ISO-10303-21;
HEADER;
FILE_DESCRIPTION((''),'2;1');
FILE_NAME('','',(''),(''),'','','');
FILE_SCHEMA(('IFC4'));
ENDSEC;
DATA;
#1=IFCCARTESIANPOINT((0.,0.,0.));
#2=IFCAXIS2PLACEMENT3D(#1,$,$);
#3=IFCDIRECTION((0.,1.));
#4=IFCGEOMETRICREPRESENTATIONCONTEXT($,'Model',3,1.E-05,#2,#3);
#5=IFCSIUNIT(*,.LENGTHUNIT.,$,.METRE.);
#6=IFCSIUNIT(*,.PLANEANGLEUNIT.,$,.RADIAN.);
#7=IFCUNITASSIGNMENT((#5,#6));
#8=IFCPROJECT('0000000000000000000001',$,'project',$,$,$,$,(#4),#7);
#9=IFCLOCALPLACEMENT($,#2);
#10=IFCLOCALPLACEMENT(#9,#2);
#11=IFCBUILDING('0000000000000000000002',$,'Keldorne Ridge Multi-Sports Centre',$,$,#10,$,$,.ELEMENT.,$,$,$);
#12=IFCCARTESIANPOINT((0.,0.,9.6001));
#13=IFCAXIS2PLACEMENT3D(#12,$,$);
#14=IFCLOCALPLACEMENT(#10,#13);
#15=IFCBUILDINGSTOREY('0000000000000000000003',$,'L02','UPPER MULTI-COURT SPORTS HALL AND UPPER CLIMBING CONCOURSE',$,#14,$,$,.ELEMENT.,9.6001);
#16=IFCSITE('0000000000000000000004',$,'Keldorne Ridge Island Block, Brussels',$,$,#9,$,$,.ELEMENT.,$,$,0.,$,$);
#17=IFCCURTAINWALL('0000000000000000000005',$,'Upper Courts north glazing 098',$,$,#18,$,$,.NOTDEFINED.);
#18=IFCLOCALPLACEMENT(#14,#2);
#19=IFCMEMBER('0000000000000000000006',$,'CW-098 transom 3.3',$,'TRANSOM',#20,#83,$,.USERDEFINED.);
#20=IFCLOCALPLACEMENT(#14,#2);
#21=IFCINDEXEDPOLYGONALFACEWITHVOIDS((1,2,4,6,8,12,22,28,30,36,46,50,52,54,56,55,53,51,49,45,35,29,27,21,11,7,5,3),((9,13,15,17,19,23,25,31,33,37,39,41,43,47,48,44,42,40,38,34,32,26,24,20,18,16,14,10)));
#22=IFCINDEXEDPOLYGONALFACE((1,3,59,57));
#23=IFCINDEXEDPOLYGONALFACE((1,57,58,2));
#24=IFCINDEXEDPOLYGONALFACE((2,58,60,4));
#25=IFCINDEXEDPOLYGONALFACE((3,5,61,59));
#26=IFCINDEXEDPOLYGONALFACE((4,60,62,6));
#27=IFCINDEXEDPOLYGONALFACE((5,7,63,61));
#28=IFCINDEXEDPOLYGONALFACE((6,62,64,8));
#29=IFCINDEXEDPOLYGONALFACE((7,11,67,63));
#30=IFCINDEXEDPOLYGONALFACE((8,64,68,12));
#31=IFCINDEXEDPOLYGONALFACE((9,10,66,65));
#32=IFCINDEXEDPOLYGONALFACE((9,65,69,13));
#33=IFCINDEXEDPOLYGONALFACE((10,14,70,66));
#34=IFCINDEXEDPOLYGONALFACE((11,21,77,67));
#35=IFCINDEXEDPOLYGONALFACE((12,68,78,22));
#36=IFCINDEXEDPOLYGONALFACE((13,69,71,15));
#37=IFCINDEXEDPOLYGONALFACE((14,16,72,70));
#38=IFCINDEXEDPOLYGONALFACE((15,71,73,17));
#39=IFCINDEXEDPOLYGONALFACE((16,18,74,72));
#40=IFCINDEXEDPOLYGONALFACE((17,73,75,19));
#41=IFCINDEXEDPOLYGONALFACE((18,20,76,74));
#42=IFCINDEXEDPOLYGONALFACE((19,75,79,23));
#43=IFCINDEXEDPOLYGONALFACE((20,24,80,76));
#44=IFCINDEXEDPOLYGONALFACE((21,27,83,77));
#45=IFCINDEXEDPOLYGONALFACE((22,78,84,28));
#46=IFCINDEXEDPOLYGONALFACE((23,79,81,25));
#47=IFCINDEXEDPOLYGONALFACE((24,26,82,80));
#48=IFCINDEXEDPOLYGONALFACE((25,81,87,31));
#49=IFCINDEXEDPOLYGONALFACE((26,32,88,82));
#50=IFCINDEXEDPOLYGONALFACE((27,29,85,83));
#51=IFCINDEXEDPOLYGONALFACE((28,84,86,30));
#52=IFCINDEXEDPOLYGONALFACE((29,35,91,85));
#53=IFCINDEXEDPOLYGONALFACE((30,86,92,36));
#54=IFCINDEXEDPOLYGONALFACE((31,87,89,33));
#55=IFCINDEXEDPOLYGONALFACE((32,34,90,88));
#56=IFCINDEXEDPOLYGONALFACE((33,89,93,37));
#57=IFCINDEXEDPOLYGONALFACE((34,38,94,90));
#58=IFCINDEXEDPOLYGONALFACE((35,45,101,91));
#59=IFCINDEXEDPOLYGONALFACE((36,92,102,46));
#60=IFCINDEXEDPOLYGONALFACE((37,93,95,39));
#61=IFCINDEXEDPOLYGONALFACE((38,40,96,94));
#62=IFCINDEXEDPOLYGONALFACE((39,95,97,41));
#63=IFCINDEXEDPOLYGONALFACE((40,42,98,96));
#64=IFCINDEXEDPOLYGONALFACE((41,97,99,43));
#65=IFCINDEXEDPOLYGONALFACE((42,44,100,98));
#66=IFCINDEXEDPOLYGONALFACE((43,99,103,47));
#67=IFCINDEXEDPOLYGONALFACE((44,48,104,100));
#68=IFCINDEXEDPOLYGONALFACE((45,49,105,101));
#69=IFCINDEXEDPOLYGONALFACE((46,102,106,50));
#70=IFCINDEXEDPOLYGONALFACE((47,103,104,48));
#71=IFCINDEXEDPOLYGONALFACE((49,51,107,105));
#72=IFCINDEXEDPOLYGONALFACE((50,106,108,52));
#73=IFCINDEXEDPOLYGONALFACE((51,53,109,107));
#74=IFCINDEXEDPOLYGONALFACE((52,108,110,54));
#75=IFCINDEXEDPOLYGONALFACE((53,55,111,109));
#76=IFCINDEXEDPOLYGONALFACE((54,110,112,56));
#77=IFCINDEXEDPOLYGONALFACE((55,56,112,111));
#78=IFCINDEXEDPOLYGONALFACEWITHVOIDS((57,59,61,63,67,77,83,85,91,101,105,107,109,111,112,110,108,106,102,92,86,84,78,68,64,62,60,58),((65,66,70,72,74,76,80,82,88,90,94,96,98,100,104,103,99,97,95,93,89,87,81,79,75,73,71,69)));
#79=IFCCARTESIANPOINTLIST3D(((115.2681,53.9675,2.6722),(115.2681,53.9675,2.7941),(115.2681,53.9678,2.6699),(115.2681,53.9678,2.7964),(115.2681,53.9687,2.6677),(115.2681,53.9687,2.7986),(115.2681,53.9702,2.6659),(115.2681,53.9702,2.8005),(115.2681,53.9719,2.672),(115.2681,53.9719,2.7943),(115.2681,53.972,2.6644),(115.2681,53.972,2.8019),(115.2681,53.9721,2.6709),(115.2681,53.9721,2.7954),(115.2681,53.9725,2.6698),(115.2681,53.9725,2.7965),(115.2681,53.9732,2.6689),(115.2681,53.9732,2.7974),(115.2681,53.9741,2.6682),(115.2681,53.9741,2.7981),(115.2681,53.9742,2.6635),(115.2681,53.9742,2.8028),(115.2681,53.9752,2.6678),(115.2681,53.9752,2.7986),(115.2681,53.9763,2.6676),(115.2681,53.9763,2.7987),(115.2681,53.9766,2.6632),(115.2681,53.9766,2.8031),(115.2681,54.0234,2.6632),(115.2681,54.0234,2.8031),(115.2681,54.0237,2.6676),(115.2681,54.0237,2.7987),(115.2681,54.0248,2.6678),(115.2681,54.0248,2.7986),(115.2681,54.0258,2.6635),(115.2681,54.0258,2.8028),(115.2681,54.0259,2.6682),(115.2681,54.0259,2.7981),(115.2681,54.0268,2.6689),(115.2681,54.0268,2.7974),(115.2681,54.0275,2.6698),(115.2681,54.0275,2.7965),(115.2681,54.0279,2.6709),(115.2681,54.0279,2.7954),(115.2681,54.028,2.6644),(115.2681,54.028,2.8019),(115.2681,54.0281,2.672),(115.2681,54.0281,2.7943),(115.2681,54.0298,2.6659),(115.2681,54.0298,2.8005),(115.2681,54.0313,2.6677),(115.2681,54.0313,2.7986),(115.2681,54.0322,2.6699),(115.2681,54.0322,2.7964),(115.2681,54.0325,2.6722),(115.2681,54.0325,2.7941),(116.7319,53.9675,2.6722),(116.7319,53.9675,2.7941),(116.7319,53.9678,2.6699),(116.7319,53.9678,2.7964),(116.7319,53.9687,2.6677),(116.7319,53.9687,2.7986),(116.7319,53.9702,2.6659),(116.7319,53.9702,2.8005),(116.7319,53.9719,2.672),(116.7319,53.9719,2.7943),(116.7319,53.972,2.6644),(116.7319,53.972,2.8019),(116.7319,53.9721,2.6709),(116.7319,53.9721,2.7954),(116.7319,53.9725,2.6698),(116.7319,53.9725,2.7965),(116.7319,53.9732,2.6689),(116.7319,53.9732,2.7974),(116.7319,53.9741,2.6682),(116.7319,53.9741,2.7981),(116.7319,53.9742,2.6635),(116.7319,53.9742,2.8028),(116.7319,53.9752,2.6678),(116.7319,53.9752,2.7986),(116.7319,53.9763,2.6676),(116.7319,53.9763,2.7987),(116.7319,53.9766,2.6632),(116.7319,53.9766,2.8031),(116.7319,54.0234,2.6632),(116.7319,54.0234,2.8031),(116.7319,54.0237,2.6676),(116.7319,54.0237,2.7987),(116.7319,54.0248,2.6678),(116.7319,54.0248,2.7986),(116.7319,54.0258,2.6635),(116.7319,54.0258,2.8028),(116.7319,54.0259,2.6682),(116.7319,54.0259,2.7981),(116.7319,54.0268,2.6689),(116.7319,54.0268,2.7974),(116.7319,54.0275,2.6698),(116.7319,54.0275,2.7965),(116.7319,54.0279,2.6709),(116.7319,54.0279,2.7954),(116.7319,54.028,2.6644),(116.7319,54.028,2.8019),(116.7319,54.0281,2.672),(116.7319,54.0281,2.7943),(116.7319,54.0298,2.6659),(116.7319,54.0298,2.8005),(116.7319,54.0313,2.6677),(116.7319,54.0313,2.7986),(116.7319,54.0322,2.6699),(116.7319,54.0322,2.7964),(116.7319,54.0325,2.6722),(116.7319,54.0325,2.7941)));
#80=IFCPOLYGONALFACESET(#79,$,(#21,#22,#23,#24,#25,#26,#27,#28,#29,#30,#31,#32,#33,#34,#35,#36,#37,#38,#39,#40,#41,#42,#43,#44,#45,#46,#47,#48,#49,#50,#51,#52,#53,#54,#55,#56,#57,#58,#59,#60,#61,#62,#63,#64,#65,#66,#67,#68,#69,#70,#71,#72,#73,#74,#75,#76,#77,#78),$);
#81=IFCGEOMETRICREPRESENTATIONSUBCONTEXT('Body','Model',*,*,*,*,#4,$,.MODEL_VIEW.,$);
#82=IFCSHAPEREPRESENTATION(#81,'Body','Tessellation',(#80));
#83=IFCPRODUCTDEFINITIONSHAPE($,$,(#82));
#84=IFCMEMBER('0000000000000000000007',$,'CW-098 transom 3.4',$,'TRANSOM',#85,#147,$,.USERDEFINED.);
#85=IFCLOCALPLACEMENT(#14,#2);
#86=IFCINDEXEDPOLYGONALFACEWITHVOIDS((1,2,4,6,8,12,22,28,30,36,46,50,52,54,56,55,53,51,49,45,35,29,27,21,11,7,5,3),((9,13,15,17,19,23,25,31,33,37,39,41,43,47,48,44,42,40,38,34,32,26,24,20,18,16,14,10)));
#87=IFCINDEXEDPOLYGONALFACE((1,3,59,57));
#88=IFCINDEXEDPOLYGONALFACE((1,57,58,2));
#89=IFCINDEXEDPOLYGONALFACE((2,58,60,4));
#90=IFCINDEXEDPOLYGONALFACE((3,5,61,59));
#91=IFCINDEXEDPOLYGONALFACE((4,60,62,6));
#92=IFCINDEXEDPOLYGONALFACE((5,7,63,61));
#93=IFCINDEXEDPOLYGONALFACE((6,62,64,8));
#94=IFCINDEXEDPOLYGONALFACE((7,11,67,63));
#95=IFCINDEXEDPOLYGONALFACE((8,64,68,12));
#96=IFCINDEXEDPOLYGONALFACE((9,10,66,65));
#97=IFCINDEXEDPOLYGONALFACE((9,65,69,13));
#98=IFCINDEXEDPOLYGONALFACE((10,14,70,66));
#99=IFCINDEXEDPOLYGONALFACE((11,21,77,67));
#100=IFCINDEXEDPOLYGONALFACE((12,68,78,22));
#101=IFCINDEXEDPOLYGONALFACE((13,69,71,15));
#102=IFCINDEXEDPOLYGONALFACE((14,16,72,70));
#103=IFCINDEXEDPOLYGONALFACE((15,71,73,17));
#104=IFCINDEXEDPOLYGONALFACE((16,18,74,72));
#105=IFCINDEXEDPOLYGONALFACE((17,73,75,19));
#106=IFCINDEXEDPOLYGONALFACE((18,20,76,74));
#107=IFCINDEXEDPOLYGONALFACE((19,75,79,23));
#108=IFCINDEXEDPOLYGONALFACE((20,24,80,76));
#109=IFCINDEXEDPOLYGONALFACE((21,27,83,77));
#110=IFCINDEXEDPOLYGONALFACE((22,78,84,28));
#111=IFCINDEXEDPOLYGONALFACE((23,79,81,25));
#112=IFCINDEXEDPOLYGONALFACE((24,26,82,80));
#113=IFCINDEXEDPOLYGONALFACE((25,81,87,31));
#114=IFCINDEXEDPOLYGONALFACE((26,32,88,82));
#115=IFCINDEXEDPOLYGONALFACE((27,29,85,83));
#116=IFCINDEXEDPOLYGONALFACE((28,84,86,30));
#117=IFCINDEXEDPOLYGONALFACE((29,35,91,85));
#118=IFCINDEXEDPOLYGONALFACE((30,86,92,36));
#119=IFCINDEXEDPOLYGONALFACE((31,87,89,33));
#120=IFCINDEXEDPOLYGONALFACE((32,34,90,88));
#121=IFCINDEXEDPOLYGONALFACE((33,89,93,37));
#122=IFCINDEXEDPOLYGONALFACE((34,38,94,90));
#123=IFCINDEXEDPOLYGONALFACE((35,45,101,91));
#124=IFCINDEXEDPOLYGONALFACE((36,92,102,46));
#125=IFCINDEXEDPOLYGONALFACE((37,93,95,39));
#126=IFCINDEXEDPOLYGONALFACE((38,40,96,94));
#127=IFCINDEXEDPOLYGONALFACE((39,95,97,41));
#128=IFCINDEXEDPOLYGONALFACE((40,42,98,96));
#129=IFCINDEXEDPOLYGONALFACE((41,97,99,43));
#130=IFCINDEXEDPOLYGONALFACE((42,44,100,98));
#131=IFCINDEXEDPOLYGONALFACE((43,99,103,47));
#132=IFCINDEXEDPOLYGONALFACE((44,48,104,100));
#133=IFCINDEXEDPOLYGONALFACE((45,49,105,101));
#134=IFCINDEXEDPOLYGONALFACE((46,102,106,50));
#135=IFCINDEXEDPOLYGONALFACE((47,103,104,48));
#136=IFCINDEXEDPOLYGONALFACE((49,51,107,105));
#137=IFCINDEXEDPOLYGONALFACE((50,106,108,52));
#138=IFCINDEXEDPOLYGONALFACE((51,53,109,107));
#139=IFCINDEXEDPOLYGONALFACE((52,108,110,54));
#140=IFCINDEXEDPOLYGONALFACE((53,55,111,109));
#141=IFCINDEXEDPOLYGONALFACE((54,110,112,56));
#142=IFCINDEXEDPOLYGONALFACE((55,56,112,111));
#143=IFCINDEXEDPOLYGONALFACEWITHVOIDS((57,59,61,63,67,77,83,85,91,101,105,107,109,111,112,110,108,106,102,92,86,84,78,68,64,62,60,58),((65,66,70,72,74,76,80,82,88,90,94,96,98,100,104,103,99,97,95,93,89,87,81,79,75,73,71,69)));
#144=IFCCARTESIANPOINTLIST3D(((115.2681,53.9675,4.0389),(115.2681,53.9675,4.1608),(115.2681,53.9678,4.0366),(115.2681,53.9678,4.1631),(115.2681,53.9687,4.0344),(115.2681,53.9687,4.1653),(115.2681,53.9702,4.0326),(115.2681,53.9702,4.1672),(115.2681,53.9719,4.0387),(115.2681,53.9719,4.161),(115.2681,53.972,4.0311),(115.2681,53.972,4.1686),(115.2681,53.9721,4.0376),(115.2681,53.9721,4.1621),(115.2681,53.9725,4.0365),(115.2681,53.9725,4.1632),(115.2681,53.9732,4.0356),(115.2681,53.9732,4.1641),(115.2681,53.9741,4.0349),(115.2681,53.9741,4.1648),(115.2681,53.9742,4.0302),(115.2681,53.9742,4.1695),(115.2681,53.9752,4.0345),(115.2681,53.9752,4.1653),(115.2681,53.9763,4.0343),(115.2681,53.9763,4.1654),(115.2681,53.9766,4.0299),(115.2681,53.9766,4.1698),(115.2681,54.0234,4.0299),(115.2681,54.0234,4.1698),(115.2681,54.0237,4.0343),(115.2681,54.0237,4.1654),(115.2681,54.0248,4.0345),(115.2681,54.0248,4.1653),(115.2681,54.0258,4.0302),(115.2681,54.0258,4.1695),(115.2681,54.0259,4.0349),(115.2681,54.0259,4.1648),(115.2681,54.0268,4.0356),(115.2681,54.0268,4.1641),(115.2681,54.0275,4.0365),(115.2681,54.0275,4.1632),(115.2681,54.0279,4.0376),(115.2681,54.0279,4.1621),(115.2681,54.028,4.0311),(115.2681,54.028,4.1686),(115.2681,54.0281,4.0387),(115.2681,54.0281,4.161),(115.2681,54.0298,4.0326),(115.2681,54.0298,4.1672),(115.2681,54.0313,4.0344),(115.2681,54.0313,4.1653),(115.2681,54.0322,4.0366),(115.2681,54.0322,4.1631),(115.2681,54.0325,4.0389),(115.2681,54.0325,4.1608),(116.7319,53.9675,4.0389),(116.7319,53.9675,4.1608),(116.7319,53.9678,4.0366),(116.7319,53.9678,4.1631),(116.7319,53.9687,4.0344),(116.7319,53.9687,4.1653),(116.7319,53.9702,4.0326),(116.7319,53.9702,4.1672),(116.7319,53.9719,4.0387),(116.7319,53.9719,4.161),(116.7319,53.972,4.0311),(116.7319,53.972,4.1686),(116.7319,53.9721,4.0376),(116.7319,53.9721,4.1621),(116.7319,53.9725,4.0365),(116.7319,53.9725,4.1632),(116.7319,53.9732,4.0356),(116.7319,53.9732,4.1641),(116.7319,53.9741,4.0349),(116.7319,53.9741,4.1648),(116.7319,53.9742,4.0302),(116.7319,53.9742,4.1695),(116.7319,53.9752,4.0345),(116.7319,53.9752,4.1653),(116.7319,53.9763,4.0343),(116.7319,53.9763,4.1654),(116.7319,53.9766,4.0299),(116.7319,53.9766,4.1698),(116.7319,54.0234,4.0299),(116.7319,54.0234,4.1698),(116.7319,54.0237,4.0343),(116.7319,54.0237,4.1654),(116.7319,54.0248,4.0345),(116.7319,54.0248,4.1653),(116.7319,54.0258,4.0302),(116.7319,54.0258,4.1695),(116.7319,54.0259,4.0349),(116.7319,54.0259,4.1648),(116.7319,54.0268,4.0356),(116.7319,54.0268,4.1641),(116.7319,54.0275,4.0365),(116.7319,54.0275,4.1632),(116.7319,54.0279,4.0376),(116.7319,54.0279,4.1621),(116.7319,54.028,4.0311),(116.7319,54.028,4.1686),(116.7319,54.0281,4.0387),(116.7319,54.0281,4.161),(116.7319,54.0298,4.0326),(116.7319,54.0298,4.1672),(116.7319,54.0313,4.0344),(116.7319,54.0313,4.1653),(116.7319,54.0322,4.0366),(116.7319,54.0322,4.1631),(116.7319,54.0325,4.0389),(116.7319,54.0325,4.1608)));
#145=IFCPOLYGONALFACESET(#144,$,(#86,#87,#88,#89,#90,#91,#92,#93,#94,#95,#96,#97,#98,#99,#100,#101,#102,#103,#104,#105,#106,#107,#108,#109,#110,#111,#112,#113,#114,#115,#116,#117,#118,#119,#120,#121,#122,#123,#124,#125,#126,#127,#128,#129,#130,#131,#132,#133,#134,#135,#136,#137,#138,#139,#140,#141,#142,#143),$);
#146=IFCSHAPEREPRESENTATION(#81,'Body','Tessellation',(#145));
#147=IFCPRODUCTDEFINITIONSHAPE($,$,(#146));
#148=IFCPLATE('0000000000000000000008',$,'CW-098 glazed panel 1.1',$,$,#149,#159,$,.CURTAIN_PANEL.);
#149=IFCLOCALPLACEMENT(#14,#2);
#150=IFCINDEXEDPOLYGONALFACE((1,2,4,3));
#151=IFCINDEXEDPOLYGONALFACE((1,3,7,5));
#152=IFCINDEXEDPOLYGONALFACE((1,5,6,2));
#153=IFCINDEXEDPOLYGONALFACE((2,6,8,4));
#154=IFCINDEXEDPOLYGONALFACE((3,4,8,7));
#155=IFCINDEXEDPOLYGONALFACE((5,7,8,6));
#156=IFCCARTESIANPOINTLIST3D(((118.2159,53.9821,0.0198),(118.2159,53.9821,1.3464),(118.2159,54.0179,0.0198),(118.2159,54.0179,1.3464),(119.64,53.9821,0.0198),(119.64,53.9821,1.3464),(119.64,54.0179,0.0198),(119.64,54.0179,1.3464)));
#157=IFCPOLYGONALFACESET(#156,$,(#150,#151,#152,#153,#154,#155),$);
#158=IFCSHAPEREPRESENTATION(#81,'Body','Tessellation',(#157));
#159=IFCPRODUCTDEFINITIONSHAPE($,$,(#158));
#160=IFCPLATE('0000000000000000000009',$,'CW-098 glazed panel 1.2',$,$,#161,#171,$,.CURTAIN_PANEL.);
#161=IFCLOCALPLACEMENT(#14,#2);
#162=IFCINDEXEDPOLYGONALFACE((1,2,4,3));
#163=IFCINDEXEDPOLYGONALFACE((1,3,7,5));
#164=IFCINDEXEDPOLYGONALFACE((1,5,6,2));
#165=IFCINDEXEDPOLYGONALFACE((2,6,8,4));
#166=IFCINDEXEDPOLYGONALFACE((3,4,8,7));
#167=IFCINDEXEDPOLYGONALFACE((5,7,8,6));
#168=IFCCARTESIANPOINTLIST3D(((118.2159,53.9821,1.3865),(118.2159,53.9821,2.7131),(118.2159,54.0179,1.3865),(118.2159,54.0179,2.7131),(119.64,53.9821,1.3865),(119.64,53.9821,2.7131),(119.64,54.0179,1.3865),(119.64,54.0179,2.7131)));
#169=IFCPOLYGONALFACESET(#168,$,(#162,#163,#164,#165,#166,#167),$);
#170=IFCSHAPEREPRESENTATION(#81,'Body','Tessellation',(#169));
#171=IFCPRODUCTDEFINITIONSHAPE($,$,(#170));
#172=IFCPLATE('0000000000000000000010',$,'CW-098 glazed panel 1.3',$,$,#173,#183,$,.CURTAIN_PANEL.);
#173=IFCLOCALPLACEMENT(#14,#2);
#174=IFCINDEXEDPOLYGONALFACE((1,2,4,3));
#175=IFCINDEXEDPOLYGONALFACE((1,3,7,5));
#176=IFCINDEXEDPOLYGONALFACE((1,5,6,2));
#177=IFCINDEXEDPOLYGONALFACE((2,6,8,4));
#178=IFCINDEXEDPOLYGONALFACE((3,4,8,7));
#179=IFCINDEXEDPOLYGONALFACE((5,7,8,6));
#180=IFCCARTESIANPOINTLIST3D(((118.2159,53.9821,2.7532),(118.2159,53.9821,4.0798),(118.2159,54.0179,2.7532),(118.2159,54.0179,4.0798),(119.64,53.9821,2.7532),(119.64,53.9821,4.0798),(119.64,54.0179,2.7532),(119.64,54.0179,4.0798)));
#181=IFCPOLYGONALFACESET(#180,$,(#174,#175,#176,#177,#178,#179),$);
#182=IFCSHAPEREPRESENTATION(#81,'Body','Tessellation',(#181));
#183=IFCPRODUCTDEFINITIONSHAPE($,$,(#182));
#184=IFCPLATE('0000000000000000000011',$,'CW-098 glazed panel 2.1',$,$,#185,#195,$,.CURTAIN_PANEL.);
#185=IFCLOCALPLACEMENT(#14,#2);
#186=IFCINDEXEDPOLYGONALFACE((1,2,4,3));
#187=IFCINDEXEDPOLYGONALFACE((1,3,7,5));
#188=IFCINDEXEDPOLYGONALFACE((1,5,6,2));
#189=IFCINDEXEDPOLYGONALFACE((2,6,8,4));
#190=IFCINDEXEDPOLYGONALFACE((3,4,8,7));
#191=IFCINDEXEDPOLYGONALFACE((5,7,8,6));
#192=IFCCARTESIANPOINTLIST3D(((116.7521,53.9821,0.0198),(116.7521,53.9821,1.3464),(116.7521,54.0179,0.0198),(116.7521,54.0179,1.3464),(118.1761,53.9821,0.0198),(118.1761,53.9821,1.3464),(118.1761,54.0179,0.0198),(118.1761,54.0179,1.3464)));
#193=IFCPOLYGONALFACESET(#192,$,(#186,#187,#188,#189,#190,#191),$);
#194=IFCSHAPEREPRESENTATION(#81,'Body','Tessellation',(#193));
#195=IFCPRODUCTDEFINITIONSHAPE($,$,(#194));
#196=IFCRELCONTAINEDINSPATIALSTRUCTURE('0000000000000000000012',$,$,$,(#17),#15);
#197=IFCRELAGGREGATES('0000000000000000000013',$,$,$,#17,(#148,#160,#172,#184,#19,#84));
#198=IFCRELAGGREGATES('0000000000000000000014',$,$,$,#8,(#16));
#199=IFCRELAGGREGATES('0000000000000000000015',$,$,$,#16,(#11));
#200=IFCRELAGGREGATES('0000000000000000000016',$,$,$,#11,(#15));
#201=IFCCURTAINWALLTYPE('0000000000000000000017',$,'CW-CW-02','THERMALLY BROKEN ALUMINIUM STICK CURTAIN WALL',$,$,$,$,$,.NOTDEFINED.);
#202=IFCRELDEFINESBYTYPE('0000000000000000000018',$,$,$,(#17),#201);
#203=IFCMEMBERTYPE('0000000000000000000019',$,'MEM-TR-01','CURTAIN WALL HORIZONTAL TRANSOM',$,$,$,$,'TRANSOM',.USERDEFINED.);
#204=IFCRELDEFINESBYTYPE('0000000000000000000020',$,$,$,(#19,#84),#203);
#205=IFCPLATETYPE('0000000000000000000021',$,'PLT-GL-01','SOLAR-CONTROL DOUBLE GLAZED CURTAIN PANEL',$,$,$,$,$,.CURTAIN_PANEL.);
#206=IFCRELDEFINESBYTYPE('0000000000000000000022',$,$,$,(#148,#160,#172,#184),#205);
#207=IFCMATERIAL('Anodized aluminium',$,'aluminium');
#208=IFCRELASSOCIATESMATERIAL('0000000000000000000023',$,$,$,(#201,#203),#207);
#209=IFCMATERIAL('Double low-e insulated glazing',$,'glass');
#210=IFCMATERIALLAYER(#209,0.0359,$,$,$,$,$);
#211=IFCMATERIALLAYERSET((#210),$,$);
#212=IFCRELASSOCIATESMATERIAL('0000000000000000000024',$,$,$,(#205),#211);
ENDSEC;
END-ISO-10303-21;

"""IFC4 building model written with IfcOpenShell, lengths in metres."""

from ifc_helpers import new_model, si_unit, direction, frame, origin, origin_2d, place, context, subcontext, project, spatial, rectangle, hollow_rectangle, extrude, material, layer, layer_set, material_profile, profile_set, type_object, element, aggregate, save


model = new_model("IFC4")

# Units and contexts
model_context = context("Model", 3, precision=1e-05, world=origin(), true_north=direction((0.0, 1.0)))
body_context = subcontext(model_context, "Body", "Model", "MODEL_VIEW")
ifc_project = project(units=[si_unit("LENGTHUNIT", "METRE"), si_unit("PLANEANGLEUNIT", "RADIAN")], contexts=[model_context])

# Site, building, storey
site_placement = place(None, origin())
site = spatial("IfcSite", under=ifc_project, at=site_placement, Name="Keldorne Ridge Island Block, Brussels", CompositionType="ELEMENT", RefElevation=0.0)
building_placement = place(site_placement, origin())
building = spatial("IfcBuilding", under=site, at=building_placement, Name="Keldorne Ridge Multi-Sports Centre", CompositionType="ELEMENT")
storey_placement = place(building_placement, frame((0.0, 0.0, 9.6001)))
storey = spatial("IfcBuildingStorey", under=building, at=storey_placement, Name="L02", Description="UPPER MULTI-COURT SPORTS HALL AND UPPER CLIMBING CONCOURSE", CompositionType="ELEMENT", Elevation=9.6001)

# Curtain wall
ifc_material_1 = material(Name="Anodized aluminium", Category="aluminium")
curtain_wall_type_1 = type_object("IfcCurtainWallType", Name="CW-CW-02", Description="THERMALLY BROKEN ALUMINIUM STICK CURTAIN WALL", PredefinedType="NOTDEFINED", material=ifc_material_1)
curtain_wall_1_placement = place(storey_placement, origin())
curtain_wall_1 = element("IfcCurtainWall", 1, at=curtain_wall_1_placement, inside=storey, type_object=curtain_wall_type_1, Name="Upper Courts north glazing 098", PredefinedType="NOTDEFINED")

# Members
ifc_material_profile_1 = material_profile(ifc_material_1, hollow_rectangle(XDim=0.0649, YDim=0.1399, WallThickness=0.0044, InnerFilletRadius=0.0044, OuterFilletRadius=0.009, at=origin_2d()), Name="ALU TRANSOM 140x65x4.5")
ifc_profile_set_1 = profile_set([ifc_material_profile_1], Name="Anodized aluminium")
member_type_1 = type_object("IfcMemberType", Name="MEM-TR-01", Description="CURTAIN WALL HORIZONTAL TRANSOM", ElementType="TRANSOM", PredefinedType="USERDEFINED", material=ifc_profile_set_1)
member_1_placement = place(storey_placement, frame((116.7319, 54.0, 2.7332), z_axis=(-1.0, 0.0, 0.0), x_axis=(0.0, -1.0, 0.0)))
member_1 = element("IfcMember", 2, at=member_1_placement, type_object=member_type_1, Name="CW-098 transom 3.3", ObjectType="TRANSOM", PredefinedType="USERDEFINED", context=body_context, shape_type="SweptSolid", body=[
    extrude(hollow_rectangle(XDim=0.0649, YDim=0.1399, WallThickness=0.0044, InnerFilletRadius=0.0044, OuterFilletRadius=0.009, at=origin_2d()), origin(), (0.0, 0.0, 1.0), 1.4639),
])
member_2_placement = place(storey_placement, frame((116.7319, 54.0, 4.0999), z_axis=(-1.0, 0.0, 0.0), x_axis=(0.0, -1.0, 0.0)))
member_2 = element("IfcMember", 3, at=member_2_placement, type_object=member_type_1, Name="CW-098 transom 3.4", ObjectType="TRANSOM", PredefinedType="USERDEFINED", context=body_context, shape_type="SweptSolid", body=[
    extrude(hollow_rectangle(XDim=0.0649, YDim=0.1399, WallThickness=0.0044, InnerFilletRadius=0.0044, OuterFilletRadius=0.009, at=origin_2d()), origin(), (0.0, 0.0, 1.0), 1.4639),
])

# Plates
ifc_material_2 = material(Name="Double low-e insulated glazing", Category="glass")
ifc_layer = layer(ifc_material_2, 0.0359)
ifc_layer_set = layer_set([ifc_layer])
plate_type = type_object("IfcPlateType", Name="PLT-GL-01", Description="SOLAR-CONTROL DOUBLE GLAZED CURTAIN PANEL", PredefinedType="CURTAIN_PANEL", material=ifc_layer_set)
plate_1_placement = place(storey_placement, frame((118.928, 54.0, 0.0198), z_axis=(0.0, 0.0, 1.0), x_axis=(-1.0, 0.0, 0.0)))
plate_1 = element("IfcPlate", 4, at=plate_1_placement, type_object=plate_type, Name="CW-098 glazed panel 1.1", PredefinedType="CURTAIN_PANEL", context=body_context, shape_type="SweptSolid", body=[
    extrude(rectangle(XDim=1.4241, YDim=0.0359, at=origin_2d()), origin(), (0.0, 0.0, 1.0), 1.3267),
])
plate_2_placement = place(storey_placement, frame((118.928, 54.0, 1.3865), z_axis=(0.0, 0.0, 1.0), x_axis=(-1.0, 0.0, 0.0)))
plate_2 = element("IfcPlate", 5, at=plate_2_placement, type_object=plate_type, Name="CW-098 glazed panel 1.2", PredefinedType="CURTAIN_PANEL", context=body_context, shape_type="SweptSolid", body=[
    extrude(rectangle(XDim=1.4241, YDim=0.0359, at=origin_2d()), origin(), (0.0, 0.0, 1.0), 1.3267),
])
plate_3_placement = place(storey_placement, frame((118.928, 54.0, 2.7532), z_axis=(0.0, 0.0, 1.0), x_axis=(-1.0, 0.0, 0.0)))
plate_3 = element("IfcPlate", 6, at=plate_3_placement, type_object=plate_type, Name="CW-098 glazed panel 1.3", PredefinedType="CURTAIN_PANEL", context=body_context, shape_type="SweptSolid", body=[
    extrude(rectangle(XDim=1.4241, YDim=0.0359, at=origin_2d()), origin(), (0.0, 0.0, 1.0), 1.3267),
])
plate_4_placement = place(storey_placement, frame((117.4641, 54.0, 0.0198), z_axis=(0.0, 0.0, 1.0), x_axis=(-1.0, 0.0, 0.0)))
plate_4 = element("IfcPlate", 7, at=plate_4_placement, type_object=plate_type, Name="CW-098 glazed panel 2.1", PredefinedType="CURTAIN_PANEL", context=body_context, shape_type="SweptSolid", body=[
    extrude(rectangle(XDim=1.4241, YDim=0.0359, at=origin_2d()), origin(), (0.0, 0.0, 1.0), 1.3267),
])
aggregate(curtain_wall_1, [plate_1, plate_2, plate_3, plate_4, member_1, member_2])

save(model, "model.ifc")
